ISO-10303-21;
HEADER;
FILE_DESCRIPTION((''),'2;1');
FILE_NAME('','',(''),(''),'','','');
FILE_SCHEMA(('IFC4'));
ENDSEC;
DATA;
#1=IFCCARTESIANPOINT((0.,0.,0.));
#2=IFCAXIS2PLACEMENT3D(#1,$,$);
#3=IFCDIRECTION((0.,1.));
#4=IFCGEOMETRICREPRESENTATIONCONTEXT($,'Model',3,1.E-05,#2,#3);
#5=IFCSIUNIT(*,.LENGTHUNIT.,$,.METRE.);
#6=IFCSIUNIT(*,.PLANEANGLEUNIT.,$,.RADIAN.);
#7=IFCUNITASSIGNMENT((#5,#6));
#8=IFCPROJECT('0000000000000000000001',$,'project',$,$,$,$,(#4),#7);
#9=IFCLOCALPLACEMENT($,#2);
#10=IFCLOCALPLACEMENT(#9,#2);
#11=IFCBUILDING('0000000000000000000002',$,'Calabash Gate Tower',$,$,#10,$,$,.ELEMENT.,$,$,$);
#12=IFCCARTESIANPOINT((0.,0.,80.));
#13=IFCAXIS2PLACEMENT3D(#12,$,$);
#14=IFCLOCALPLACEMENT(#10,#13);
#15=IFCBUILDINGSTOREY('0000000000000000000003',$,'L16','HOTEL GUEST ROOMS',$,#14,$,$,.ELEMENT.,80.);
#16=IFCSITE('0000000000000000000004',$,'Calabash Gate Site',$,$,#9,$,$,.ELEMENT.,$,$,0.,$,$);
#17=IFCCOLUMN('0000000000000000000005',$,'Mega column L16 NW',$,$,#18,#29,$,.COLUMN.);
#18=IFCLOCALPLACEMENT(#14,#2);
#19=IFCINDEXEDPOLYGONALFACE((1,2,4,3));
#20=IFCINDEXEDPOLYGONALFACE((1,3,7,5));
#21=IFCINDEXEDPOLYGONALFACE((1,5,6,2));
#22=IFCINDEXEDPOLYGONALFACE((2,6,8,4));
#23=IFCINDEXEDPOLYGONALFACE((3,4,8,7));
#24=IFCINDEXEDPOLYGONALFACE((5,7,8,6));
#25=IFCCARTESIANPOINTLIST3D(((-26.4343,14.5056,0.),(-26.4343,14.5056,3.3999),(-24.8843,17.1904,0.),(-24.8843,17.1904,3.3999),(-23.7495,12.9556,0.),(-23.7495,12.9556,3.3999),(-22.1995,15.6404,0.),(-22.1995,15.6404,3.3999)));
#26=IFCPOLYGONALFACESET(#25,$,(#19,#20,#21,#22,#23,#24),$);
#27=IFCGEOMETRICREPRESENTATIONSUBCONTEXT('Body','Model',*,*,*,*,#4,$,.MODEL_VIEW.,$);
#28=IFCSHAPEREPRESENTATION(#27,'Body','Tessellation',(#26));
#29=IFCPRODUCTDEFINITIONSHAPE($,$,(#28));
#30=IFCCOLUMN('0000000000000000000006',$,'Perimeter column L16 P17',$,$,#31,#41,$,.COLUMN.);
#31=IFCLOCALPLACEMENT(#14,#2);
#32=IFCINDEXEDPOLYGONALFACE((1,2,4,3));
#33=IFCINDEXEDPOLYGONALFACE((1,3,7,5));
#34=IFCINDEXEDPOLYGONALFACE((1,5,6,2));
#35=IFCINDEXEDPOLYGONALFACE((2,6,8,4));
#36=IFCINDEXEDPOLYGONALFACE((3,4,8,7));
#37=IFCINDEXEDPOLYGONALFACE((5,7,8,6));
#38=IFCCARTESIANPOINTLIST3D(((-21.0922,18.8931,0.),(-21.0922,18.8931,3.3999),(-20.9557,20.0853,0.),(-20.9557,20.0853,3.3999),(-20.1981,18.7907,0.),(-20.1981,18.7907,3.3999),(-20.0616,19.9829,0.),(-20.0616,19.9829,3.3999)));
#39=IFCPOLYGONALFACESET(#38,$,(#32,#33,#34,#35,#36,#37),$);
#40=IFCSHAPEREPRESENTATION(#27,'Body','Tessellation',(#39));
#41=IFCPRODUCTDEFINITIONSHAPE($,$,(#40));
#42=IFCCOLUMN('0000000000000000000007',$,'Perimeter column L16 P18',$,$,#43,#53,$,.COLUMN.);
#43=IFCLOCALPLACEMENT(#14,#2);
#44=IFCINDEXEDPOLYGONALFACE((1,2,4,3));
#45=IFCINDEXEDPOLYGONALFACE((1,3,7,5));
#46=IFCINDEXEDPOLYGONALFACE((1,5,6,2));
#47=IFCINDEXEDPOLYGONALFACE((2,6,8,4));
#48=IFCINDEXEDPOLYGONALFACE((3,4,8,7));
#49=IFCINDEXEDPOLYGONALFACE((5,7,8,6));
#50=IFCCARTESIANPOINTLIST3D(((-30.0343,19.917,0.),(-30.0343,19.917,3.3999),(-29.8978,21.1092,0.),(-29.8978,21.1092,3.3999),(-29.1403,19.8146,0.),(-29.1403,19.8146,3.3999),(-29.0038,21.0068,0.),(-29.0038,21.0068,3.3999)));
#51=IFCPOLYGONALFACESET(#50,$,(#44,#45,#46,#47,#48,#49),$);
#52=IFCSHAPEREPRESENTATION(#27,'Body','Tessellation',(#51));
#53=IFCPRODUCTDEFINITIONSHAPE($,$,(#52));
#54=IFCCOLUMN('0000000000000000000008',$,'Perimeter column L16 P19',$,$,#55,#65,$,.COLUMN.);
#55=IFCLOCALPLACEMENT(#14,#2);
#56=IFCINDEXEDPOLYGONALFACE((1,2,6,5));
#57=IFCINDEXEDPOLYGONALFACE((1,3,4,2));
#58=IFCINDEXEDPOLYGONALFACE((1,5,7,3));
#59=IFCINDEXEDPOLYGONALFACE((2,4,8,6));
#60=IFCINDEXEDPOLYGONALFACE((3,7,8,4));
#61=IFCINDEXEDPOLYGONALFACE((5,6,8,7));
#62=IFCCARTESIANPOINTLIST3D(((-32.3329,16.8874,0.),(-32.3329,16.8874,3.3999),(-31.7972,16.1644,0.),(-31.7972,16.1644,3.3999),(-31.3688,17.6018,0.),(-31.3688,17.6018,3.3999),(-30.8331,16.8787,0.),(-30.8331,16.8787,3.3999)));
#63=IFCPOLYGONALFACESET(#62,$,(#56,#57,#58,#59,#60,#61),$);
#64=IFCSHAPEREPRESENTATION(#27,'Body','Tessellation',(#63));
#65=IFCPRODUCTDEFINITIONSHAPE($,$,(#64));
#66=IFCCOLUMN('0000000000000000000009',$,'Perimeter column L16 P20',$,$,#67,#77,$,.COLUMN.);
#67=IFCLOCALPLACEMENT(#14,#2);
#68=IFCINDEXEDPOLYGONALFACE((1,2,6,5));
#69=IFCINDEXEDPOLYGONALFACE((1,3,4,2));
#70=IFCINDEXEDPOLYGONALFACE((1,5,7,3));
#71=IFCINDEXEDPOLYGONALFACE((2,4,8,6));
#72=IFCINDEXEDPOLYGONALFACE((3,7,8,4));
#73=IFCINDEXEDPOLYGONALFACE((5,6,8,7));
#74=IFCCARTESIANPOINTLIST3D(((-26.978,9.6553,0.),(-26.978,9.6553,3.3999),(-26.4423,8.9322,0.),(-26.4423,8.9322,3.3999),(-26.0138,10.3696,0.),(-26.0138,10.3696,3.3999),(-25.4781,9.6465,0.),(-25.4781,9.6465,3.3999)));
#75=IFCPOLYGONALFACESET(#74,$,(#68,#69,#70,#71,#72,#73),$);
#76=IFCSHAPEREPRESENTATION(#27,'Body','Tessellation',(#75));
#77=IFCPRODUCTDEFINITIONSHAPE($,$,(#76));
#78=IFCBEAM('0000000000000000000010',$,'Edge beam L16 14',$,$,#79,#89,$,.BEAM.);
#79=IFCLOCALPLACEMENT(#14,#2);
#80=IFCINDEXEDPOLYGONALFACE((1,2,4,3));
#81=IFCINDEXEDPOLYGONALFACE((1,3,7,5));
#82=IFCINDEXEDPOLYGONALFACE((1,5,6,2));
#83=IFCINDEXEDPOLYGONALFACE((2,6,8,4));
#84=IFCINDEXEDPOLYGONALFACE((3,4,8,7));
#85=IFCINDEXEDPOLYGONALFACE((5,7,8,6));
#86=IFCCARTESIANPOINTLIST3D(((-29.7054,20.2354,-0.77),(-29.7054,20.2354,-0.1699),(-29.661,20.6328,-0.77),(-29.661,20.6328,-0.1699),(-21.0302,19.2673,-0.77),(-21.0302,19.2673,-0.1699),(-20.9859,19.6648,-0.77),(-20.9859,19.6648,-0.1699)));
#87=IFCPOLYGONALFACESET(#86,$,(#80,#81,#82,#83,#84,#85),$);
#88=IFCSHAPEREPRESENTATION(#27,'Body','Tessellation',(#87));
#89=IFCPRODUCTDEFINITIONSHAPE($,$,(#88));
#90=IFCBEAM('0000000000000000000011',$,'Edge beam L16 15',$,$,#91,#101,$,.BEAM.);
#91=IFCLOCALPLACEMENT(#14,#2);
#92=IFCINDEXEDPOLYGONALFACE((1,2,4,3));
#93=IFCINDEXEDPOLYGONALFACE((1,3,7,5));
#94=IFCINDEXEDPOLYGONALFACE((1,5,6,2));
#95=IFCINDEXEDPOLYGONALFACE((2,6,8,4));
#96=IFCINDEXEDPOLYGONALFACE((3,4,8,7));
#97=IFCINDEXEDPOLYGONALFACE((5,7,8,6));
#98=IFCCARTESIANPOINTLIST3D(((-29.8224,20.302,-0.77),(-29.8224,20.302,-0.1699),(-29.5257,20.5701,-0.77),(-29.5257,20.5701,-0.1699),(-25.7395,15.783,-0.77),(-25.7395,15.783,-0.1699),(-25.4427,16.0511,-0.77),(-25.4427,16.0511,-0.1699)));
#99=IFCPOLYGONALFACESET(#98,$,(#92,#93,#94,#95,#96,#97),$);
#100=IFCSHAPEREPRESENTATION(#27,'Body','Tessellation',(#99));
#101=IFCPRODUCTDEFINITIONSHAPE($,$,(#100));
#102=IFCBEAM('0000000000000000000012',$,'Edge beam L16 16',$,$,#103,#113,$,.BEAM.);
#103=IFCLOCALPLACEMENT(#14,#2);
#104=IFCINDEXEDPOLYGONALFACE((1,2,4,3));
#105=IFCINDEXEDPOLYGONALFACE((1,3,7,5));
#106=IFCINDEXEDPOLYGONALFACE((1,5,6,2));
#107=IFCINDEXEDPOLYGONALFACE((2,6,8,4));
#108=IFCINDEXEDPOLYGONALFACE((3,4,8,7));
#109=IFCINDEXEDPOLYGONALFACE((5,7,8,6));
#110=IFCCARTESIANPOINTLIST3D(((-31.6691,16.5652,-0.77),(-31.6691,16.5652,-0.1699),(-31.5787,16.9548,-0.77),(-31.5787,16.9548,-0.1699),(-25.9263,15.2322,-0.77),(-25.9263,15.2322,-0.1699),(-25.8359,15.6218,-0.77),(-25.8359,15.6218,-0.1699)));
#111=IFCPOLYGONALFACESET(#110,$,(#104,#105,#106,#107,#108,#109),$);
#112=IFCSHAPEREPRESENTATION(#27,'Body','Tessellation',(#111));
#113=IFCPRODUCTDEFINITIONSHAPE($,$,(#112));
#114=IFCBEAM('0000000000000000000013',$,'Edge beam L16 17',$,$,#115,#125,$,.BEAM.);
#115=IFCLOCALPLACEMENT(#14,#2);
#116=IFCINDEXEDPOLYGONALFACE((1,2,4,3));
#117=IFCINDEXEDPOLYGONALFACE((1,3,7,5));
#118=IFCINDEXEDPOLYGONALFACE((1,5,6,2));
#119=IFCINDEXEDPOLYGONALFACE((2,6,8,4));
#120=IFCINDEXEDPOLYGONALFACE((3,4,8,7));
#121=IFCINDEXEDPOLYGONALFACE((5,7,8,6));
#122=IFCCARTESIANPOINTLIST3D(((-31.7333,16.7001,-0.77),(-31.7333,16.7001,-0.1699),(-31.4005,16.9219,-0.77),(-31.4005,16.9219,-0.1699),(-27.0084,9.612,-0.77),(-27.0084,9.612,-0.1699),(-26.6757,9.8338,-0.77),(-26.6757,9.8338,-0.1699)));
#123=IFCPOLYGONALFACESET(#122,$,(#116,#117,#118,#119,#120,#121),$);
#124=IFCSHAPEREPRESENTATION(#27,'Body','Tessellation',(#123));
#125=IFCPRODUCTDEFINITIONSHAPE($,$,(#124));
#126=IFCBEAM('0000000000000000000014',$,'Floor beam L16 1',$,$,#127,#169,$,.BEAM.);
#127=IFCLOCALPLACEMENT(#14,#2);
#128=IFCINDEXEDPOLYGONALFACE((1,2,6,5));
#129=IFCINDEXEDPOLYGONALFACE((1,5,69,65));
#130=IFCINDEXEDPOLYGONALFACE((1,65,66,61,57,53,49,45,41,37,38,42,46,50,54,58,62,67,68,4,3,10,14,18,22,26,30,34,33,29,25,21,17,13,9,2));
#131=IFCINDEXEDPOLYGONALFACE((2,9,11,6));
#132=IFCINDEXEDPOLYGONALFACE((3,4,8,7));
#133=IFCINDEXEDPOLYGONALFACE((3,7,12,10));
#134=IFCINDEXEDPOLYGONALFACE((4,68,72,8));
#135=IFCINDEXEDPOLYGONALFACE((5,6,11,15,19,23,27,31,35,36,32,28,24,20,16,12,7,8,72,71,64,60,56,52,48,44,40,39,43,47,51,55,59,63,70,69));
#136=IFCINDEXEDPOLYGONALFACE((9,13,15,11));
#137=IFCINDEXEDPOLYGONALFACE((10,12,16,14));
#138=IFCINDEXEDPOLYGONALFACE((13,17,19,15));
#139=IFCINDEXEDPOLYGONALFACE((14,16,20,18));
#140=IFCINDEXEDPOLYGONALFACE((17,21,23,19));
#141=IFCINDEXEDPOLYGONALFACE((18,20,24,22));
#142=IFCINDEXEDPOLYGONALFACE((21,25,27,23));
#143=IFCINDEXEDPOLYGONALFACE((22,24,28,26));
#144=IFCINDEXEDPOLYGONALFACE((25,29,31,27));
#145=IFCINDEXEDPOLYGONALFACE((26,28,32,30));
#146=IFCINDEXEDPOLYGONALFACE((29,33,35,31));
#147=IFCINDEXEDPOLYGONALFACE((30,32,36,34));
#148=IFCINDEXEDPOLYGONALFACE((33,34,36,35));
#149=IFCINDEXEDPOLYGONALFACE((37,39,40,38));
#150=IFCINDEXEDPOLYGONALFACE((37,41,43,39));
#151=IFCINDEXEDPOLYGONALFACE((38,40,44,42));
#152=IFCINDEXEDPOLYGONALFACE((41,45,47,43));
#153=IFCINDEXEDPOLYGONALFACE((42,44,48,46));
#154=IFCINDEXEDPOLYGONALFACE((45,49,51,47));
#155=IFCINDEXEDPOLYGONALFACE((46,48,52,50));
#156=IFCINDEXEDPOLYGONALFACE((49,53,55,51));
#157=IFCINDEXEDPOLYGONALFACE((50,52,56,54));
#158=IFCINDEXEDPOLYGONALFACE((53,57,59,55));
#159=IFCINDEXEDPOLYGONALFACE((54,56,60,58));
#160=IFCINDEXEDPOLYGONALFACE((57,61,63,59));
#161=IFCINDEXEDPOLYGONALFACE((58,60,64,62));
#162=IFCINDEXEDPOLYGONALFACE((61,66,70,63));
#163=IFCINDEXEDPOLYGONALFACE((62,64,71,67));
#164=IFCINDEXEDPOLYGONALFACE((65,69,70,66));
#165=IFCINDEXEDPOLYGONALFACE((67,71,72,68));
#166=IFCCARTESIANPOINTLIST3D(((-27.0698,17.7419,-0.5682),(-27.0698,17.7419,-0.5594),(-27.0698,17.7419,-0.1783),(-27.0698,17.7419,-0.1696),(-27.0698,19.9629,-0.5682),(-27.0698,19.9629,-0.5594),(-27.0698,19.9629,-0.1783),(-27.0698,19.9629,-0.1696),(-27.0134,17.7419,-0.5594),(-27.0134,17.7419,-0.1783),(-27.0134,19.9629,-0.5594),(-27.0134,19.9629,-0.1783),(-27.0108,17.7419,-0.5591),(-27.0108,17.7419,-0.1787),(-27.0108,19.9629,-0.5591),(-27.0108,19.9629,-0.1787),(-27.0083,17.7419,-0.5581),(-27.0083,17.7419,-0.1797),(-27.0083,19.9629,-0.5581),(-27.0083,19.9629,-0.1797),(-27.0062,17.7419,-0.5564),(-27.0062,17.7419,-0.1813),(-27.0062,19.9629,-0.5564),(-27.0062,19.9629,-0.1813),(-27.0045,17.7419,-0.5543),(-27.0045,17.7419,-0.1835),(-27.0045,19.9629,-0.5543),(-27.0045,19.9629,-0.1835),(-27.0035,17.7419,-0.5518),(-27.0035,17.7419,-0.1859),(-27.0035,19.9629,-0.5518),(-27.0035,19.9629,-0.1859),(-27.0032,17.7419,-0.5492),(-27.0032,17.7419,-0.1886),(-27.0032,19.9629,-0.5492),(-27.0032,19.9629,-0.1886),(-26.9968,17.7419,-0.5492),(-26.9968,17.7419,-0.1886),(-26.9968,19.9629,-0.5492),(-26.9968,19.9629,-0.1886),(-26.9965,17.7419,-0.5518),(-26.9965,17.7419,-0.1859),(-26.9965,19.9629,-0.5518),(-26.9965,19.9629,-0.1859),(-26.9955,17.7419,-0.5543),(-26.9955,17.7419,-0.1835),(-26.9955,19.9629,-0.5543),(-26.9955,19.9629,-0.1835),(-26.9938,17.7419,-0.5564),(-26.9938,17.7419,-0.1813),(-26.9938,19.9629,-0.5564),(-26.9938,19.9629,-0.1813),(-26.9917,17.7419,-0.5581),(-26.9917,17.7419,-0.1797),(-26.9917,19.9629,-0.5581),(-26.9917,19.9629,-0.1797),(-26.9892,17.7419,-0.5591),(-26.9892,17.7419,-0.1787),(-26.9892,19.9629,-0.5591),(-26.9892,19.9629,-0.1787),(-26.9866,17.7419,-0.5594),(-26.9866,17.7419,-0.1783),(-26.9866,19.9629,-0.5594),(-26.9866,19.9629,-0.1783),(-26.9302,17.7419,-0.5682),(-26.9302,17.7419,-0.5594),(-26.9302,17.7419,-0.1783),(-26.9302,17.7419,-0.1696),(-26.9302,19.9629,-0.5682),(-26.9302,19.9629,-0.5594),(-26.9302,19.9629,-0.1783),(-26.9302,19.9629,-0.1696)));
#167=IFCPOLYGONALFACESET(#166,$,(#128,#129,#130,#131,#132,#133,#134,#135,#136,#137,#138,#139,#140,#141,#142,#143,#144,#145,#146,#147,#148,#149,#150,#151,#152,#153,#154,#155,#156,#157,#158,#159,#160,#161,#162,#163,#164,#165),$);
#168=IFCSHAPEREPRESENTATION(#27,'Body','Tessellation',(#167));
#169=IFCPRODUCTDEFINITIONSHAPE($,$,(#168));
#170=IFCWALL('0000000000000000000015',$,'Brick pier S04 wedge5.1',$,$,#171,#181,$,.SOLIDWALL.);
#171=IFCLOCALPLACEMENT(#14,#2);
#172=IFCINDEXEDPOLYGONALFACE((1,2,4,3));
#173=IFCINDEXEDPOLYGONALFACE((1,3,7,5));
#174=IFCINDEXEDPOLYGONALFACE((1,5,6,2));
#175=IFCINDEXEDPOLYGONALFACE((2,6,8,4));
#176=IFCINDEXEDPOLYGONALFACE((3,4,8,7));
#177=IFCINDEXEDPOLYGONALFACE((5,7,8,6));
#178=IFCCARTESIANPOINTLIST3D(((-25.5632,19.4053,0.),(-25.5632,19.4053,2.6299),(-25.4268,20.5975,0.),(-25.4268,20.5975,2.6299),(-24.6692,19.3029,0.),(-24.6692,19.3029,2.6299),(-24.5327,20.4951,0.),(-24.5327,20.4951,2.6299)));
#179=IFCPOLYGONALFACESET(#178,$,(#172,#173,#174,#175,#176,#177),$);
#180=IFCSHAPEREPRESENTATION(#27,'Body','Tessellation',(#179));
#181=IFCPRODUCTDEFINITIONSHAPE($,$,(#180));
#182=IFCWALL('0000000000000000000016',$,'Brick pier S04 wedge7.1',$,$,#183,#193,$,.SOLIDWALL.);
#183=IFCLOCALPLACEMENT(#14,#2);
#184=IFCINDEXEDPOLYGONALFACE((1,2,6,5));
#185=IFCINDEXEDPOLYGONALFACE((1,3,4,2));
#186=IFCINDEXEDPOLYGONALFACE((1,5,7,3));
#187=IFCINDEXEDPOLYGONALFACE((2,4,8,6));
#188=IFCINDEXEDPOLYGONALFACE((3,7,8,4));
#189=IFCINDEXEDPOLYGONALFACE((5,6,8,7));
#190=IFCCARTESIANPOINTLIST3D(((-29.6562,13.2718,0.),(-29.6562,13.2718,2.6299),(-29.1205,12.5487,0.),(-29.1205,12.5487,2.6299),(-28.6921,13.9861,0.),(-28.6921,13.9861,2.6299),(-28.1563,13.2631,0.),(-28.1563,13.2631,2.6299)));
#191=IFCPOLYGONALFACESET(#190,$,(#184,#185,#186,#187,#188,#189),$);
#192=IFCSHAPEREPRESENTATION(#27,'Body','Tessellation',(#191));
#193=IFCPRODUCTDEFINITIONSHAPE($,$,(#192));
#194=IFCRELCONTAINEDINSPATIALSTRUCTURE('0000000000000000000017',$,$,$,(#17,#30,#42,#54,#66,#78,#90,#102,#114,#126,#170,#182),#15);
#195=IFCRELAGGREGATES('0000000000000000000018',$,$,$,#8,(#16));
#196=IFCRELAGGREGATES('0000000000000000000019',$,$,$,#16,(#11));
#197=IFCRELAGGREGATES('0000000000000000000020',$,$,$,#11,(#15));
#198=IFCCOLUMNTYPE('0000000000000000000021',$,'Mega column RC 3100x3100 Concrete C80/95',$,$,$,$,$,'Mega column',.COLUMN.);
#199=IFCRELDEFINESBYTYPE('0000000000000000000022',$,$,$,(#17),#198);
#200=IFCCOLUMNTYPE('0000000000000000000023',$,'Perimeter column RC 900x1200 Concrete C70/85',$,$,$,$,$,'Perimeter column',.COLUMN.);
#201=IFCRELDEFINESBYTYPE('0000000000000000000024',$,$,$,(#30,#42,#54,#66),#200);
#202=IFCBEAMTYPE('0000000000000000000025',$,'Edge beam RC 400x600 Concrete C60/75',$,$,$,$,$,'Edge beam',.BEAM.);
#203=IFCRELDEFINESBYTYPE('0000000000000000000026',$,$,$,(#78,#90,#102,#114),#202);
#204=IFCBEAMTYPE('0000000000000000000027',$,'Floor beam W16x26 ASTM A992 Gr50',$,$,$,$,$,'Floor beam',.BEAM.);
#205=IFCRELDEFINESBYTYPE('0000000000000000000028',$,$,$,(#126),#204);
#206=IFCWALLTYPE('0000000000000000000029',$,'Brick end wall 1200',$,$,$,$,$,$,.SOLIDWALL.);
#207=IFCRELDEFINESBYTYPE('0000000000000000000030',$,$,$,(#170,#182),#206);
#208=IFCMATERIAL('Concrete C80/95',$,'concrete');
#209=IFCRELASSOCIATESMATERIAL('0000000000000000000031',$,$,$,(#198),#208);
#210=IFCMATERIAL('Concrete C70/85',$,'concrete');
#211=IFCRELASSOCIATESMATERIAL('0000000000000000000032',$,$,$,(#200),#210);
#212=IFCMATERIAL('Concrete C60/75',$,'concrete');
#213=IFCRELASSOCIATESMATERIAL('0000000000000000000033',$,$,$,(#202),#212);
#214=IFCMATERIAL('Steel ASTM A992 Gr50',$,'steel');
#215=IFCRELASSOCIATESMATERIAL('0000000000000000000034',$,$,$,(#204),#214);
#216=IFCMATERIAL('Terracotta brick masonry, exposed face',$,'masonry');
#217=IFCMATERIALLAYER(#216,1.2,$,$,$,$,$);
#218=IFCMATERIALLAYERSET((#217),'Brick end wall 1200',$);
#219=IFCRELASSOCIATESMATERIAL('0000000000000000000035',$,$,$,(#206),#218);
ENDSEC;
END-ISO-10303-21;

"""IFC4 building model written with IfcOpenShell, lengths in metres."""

from ifc_helpers import new_model, si_unit, direction, frame, frame_2d, origin, origin_2d, place, context, subcontext, project, spatial, rectangle, i_section, extrude, material, layer, layer_set, material_profile, profile_set, type_object, element, save


model = new_model("IFC4")

# Units and contexts
model_context = context("Model", 3, precision=1e-05, world=origin(), true_north=direction((0.0, 1.0)))
body_context = subcontext(model_context, "Body", "Model", "MODEL_VIEW")
ifc_project = project(units=[si_unit("LENGTHUNIT", "METRE"), si_unit("PLANEANGLEUNIT", "RADIAN")], contexts=[model_context])

# Site, building, storey
site_placement = place(None, origin())
site = spatial("IfcSite", under=ifc_project, at=site_placement, Name="Calabash Gate Site", CompositionType="ELEMENT", RefElevation=0.0)
building_placement = place(site_placement, origin())
building = spatial("IfcBuilding", under=site, at=building_placement, Name="Calabash Gate Tower", CompositionType="ELEMENT")
storey_placement = place(building_placement, frame((0.0, 0.0, 80.0)))
storey = spatial("IfcBuildingStorey", under=building, at=storey_placement, Name="L16", Description="HOTEL GUEST ROOMS", CompositionType="ELEMENT", Elevation=80.0)

# Columns
ifc_material_1 = material(Name="Concrete C80/95", Category="concrete")
ifc_material_profile_1 = material_profile(ifc_material_1, rectangle(XDim=3.1001, YDim=3.1001, at=origin_2d()))
ifc_profile_set_1 = profile_set([ifc_material_profile_1], Name="Concrete C80/95")
column_type_1 = type_object("IfcColumnType", Name="Mega column RC 3100x3100 Concrete C80/95", ElementType="Mega column", PredefinedType="COLUMN", material=ifc_profile_set_1)
column_placement = place(storey_placement, frame((-24.3169, 15.073, 0.0), z_axis=(0.0, 0.0, 1.0), x_axis=(0.866025, -0.5, 0.0)))
element("IfcColumn", 1, at=column_placement, inside=storey, type_object=column_type_1, Name="Mega column L16 NW", PredefinedType="COLUMN", context=body_context, shape_type="SweptSolid", body=[
    extrude(rectangle(XDim=3.1001, YDim=3.1001, at=origin_2d()), origin(), (0.0, 0.0, 1.0), 3.3999),
])
ifc_material_2 = material(Name="Concrete C70/85", Category="concrete")
ifc_material_profile_2 = material_profile(ifc_material_2, rectangle(XDim=0.8999, YDim=1.2, at=origin_2d()))
ifc_profile_set_2 = profile_set([ifc_material_profile_2], Name="Concrete C70/85")
column_type_2 = type_object("IfcColumnType", Name="Perimeter column RC 900x1200 Concrete C70/85", ElementType="Perimeter column", PredefinedType="COLUMN", material=ifc_profile_set_2)
for number, where, z_axis, x_axis, name in (
    (2, (-20.5769, 19.438, 0.0), (0.0, 0.0, 1.0), (-0.993506, 0.113777, 0.0), "Perimeter column L16 P17"),
    (3, (-29.519, 20.4619, 0.0), (0.0, 0.0, 1.0), (-0.993506, 0.113777, 0.0), "Perimeter column L16 P18"),
    (4, (-31.583, 16.8831, 0.0), (0.0, 0.0, 1.0), (0.595287, -0.803513, 0.0), "Perimeter column L16 P19"),
    (5, (-26.228, 9.6509, 0.0), (0.0, 0.0, 1.0), (0.595287, -0.803513, 0.0), "Perimeter column L16 P20"),
):
    element("IfcColumn", number, at=place(storey_placement, frame(where, z_axis=z_axis, x_axis=x_axis)), inside=storey, type_object=column_type_2, Name=name, PredefinedType="COLUMN", context=body_context, shape_type="SweptSolid", body=[
        extrude(rectangle(XDim=0.8999, YDim=1.2, at=origin_2d()), origin(), (0.0, 0.0, 1.0), 3.3999),
    ])

# Beams
ifc_material_3 = material(Name="Concrete C60/75", Category="concrete")
ifc_material_profile_3 = material_profile(ifc_material_3, rectangle(XDim=0.3999, YDim=0.6001, at=origin_2d()))
ifc_profile_set_3 = profile_set([ifc_material_profile_3], Name="Concrete C60/75")
beam_type_1 = type_object("IfcBeamType", Name="Edge beam RC 400x600 Concrete C60/75", ElementType="Edge beam", PredefinedType="BEAM", material=ifc_profile_set_3)
beam_1_placement = place(storey_placement, frame((-21.0081, 19.4661, -0.47), z_axis=(-0.993832, 0.110898, 0.0), x_axis=(-0.110898, -0.993832, 0.0)))
element("IfcBeam", 6, at=beam_1_placement, inside=storey, type_object=beam_type_1, Name="Edge beam L16 14", PredefinedType="BEAM", context=body_context, shape_type="SweptSolid", body=[
    extrude(rectangle(XDim=0.3999, YDim=0.6001, at=origin_2d()), origin(), (0.0, 0.0, 1.0), 8.729),
])
beam_2_placement = place(storey_placement, frame((-29.6741, 20.436, -0.47), z_axis=(0.670403, -0.741997, 0.0), x_axis=(0.741997, 0.670403, 0.0)))
element("IfcBeam", 7, at=beam_2_placement, inside=storey, type_object=beam_type_1, Name="Edge beam L16 15", PredefinedType="BEAM", context=body_context, shape_type="SweptSolid", body=[
    extrude(rectangle(XDim=0.3999, YDim=0.6001, at=origin_2d()), origin(), (0.0, 0.0, 1.0), 6.0903),
])
beam_3_placement = place(storey_placement, frame((-25.8811, 15.427, -0.47), z_axis=(-0.974104, 0.226102, 0.0), x_axis=(-0.226102, -0.974104, 0.0)))
element("IfcBeam", 8, at=beam_3_placement, inside=storey, type_object=beam_type_1, Name="Edge beam L16 16", PredefinedType="BEAM", context=body_context, shape_type="SweptSolid", body=[
    extrude(rectangle(XDim=0.3999, YDim=0.6001, at=origin_2d()), origin(), (0.0, 0.0, 1.0), 5.8955),
])
beam_4_placement = place(storey_placement, frame((-31.5669, 16.811, -0.47), z_axis=(0.554654, -0.832081, 0.0), x_axis=(0.832081, 0.554654, 0.0)))
element("IfcBeam", 9, at=beam_4_placement, inside=storey, type_object=beam_type_1, Name="Edge beam L16 17", PredefinedType="BEAM", context=body_context, shape_type="SweptSolid", body=[
    extrude(rectangle(XDim=0.3999, YDim=0.6001, at=origin_2d()), origin(), (0.0, 0.0, 1.0), 8.5186),
])
ifc_material_4 = material(Name="Steel ASTM A992 Gr50", Category="steel")
ifc_material_profile_4 = material_profile(ifc_material_4, i_section(OverallWidth=0.1396, OverallDepth=0.3987, WebThickness=0.0063, FlangeThickness=0.0088, FilletRadius=0.0103, at=origin_2d()))
ifc_profile_set_4 = profile_set([ifc_material_profile_4], Name="Steel ASTM A992 Gr50")
beam_type_2 = type_object("IfcBeamType", Name="Floor beam W16x26 ASTM A992 Gr50", ElementType="Floor beam", PredefinedType="BEAM", material=ifc_profile_set_4)
beam_5_placement = place(storey_placement, frame((-27.0, 17.7419, -0.3689), z_axis=(0.0, 1.0, 0.0), x_axis=(-1.0, 0.0, 0.0)))
element("IfcBeam", 10, at=beam_5_placement, inside=storey, type_object=beam_type_2, Name="Floor beam L16 1", PredefinedType="BEAM", context=body_context, shape_type="SweptSolid", body=[
    extrude(i_section(OverallWidth=0.1396, OverallDepth=0.3987, WebThickness=0.0063, FlangeThickness=0.0088, FilletRadius=0.0103, at=origin_2d()), origin(), (0.0, 0.0, 1.0), 2.2209),
])

# Walls
ifc_material_5 = material(Name="Terracotta brick masonry, exposed face", Category="masonry")
ifc_layer_1 = layer(ifc_material_5, 1.2)
ifc_layer_set_1 = layer_set([ifc_layer_1], Name="Brick end wall 1200")
wall_type_1 = type_object("IfcWallType", Name="Brick end wall 1200", PredefinedType="SOLIDWALL", material=ifc_layer_set_1)
for number, where, z_axis, x_axis, name in (
    (11, (-25.1162, 19.354, 0.0), (0.0, 0.0, 1.0), (0.113736, 0.993511, 0.0), "Brick pier S04 wedge5.1"),
    (12, (-29.3884, 12.9102, 0.0), (0.0, 0.0, 1.0), (0.803478, 0.595335, 0.0), "Brick pier S04 wedge7.1"),
):
    element("IfcWall", number, at=place(storey_placement, frame(where, z_axis=z_axis, x_axis=x_axis)), inside=storey, type_object=wall_type_1, Name=name, PredefinedType="SOLIDWALL", context=body_context, shape_type="SweptSolid", body=[
        extrude(rectangle(XDim=1.2, YDim=0.8999, at=frame_2d((0.6001, 0.0))), origin(), (0.0, 0.0, 1.0), 2.6299),
    ])

save(model, "model.ifc")
